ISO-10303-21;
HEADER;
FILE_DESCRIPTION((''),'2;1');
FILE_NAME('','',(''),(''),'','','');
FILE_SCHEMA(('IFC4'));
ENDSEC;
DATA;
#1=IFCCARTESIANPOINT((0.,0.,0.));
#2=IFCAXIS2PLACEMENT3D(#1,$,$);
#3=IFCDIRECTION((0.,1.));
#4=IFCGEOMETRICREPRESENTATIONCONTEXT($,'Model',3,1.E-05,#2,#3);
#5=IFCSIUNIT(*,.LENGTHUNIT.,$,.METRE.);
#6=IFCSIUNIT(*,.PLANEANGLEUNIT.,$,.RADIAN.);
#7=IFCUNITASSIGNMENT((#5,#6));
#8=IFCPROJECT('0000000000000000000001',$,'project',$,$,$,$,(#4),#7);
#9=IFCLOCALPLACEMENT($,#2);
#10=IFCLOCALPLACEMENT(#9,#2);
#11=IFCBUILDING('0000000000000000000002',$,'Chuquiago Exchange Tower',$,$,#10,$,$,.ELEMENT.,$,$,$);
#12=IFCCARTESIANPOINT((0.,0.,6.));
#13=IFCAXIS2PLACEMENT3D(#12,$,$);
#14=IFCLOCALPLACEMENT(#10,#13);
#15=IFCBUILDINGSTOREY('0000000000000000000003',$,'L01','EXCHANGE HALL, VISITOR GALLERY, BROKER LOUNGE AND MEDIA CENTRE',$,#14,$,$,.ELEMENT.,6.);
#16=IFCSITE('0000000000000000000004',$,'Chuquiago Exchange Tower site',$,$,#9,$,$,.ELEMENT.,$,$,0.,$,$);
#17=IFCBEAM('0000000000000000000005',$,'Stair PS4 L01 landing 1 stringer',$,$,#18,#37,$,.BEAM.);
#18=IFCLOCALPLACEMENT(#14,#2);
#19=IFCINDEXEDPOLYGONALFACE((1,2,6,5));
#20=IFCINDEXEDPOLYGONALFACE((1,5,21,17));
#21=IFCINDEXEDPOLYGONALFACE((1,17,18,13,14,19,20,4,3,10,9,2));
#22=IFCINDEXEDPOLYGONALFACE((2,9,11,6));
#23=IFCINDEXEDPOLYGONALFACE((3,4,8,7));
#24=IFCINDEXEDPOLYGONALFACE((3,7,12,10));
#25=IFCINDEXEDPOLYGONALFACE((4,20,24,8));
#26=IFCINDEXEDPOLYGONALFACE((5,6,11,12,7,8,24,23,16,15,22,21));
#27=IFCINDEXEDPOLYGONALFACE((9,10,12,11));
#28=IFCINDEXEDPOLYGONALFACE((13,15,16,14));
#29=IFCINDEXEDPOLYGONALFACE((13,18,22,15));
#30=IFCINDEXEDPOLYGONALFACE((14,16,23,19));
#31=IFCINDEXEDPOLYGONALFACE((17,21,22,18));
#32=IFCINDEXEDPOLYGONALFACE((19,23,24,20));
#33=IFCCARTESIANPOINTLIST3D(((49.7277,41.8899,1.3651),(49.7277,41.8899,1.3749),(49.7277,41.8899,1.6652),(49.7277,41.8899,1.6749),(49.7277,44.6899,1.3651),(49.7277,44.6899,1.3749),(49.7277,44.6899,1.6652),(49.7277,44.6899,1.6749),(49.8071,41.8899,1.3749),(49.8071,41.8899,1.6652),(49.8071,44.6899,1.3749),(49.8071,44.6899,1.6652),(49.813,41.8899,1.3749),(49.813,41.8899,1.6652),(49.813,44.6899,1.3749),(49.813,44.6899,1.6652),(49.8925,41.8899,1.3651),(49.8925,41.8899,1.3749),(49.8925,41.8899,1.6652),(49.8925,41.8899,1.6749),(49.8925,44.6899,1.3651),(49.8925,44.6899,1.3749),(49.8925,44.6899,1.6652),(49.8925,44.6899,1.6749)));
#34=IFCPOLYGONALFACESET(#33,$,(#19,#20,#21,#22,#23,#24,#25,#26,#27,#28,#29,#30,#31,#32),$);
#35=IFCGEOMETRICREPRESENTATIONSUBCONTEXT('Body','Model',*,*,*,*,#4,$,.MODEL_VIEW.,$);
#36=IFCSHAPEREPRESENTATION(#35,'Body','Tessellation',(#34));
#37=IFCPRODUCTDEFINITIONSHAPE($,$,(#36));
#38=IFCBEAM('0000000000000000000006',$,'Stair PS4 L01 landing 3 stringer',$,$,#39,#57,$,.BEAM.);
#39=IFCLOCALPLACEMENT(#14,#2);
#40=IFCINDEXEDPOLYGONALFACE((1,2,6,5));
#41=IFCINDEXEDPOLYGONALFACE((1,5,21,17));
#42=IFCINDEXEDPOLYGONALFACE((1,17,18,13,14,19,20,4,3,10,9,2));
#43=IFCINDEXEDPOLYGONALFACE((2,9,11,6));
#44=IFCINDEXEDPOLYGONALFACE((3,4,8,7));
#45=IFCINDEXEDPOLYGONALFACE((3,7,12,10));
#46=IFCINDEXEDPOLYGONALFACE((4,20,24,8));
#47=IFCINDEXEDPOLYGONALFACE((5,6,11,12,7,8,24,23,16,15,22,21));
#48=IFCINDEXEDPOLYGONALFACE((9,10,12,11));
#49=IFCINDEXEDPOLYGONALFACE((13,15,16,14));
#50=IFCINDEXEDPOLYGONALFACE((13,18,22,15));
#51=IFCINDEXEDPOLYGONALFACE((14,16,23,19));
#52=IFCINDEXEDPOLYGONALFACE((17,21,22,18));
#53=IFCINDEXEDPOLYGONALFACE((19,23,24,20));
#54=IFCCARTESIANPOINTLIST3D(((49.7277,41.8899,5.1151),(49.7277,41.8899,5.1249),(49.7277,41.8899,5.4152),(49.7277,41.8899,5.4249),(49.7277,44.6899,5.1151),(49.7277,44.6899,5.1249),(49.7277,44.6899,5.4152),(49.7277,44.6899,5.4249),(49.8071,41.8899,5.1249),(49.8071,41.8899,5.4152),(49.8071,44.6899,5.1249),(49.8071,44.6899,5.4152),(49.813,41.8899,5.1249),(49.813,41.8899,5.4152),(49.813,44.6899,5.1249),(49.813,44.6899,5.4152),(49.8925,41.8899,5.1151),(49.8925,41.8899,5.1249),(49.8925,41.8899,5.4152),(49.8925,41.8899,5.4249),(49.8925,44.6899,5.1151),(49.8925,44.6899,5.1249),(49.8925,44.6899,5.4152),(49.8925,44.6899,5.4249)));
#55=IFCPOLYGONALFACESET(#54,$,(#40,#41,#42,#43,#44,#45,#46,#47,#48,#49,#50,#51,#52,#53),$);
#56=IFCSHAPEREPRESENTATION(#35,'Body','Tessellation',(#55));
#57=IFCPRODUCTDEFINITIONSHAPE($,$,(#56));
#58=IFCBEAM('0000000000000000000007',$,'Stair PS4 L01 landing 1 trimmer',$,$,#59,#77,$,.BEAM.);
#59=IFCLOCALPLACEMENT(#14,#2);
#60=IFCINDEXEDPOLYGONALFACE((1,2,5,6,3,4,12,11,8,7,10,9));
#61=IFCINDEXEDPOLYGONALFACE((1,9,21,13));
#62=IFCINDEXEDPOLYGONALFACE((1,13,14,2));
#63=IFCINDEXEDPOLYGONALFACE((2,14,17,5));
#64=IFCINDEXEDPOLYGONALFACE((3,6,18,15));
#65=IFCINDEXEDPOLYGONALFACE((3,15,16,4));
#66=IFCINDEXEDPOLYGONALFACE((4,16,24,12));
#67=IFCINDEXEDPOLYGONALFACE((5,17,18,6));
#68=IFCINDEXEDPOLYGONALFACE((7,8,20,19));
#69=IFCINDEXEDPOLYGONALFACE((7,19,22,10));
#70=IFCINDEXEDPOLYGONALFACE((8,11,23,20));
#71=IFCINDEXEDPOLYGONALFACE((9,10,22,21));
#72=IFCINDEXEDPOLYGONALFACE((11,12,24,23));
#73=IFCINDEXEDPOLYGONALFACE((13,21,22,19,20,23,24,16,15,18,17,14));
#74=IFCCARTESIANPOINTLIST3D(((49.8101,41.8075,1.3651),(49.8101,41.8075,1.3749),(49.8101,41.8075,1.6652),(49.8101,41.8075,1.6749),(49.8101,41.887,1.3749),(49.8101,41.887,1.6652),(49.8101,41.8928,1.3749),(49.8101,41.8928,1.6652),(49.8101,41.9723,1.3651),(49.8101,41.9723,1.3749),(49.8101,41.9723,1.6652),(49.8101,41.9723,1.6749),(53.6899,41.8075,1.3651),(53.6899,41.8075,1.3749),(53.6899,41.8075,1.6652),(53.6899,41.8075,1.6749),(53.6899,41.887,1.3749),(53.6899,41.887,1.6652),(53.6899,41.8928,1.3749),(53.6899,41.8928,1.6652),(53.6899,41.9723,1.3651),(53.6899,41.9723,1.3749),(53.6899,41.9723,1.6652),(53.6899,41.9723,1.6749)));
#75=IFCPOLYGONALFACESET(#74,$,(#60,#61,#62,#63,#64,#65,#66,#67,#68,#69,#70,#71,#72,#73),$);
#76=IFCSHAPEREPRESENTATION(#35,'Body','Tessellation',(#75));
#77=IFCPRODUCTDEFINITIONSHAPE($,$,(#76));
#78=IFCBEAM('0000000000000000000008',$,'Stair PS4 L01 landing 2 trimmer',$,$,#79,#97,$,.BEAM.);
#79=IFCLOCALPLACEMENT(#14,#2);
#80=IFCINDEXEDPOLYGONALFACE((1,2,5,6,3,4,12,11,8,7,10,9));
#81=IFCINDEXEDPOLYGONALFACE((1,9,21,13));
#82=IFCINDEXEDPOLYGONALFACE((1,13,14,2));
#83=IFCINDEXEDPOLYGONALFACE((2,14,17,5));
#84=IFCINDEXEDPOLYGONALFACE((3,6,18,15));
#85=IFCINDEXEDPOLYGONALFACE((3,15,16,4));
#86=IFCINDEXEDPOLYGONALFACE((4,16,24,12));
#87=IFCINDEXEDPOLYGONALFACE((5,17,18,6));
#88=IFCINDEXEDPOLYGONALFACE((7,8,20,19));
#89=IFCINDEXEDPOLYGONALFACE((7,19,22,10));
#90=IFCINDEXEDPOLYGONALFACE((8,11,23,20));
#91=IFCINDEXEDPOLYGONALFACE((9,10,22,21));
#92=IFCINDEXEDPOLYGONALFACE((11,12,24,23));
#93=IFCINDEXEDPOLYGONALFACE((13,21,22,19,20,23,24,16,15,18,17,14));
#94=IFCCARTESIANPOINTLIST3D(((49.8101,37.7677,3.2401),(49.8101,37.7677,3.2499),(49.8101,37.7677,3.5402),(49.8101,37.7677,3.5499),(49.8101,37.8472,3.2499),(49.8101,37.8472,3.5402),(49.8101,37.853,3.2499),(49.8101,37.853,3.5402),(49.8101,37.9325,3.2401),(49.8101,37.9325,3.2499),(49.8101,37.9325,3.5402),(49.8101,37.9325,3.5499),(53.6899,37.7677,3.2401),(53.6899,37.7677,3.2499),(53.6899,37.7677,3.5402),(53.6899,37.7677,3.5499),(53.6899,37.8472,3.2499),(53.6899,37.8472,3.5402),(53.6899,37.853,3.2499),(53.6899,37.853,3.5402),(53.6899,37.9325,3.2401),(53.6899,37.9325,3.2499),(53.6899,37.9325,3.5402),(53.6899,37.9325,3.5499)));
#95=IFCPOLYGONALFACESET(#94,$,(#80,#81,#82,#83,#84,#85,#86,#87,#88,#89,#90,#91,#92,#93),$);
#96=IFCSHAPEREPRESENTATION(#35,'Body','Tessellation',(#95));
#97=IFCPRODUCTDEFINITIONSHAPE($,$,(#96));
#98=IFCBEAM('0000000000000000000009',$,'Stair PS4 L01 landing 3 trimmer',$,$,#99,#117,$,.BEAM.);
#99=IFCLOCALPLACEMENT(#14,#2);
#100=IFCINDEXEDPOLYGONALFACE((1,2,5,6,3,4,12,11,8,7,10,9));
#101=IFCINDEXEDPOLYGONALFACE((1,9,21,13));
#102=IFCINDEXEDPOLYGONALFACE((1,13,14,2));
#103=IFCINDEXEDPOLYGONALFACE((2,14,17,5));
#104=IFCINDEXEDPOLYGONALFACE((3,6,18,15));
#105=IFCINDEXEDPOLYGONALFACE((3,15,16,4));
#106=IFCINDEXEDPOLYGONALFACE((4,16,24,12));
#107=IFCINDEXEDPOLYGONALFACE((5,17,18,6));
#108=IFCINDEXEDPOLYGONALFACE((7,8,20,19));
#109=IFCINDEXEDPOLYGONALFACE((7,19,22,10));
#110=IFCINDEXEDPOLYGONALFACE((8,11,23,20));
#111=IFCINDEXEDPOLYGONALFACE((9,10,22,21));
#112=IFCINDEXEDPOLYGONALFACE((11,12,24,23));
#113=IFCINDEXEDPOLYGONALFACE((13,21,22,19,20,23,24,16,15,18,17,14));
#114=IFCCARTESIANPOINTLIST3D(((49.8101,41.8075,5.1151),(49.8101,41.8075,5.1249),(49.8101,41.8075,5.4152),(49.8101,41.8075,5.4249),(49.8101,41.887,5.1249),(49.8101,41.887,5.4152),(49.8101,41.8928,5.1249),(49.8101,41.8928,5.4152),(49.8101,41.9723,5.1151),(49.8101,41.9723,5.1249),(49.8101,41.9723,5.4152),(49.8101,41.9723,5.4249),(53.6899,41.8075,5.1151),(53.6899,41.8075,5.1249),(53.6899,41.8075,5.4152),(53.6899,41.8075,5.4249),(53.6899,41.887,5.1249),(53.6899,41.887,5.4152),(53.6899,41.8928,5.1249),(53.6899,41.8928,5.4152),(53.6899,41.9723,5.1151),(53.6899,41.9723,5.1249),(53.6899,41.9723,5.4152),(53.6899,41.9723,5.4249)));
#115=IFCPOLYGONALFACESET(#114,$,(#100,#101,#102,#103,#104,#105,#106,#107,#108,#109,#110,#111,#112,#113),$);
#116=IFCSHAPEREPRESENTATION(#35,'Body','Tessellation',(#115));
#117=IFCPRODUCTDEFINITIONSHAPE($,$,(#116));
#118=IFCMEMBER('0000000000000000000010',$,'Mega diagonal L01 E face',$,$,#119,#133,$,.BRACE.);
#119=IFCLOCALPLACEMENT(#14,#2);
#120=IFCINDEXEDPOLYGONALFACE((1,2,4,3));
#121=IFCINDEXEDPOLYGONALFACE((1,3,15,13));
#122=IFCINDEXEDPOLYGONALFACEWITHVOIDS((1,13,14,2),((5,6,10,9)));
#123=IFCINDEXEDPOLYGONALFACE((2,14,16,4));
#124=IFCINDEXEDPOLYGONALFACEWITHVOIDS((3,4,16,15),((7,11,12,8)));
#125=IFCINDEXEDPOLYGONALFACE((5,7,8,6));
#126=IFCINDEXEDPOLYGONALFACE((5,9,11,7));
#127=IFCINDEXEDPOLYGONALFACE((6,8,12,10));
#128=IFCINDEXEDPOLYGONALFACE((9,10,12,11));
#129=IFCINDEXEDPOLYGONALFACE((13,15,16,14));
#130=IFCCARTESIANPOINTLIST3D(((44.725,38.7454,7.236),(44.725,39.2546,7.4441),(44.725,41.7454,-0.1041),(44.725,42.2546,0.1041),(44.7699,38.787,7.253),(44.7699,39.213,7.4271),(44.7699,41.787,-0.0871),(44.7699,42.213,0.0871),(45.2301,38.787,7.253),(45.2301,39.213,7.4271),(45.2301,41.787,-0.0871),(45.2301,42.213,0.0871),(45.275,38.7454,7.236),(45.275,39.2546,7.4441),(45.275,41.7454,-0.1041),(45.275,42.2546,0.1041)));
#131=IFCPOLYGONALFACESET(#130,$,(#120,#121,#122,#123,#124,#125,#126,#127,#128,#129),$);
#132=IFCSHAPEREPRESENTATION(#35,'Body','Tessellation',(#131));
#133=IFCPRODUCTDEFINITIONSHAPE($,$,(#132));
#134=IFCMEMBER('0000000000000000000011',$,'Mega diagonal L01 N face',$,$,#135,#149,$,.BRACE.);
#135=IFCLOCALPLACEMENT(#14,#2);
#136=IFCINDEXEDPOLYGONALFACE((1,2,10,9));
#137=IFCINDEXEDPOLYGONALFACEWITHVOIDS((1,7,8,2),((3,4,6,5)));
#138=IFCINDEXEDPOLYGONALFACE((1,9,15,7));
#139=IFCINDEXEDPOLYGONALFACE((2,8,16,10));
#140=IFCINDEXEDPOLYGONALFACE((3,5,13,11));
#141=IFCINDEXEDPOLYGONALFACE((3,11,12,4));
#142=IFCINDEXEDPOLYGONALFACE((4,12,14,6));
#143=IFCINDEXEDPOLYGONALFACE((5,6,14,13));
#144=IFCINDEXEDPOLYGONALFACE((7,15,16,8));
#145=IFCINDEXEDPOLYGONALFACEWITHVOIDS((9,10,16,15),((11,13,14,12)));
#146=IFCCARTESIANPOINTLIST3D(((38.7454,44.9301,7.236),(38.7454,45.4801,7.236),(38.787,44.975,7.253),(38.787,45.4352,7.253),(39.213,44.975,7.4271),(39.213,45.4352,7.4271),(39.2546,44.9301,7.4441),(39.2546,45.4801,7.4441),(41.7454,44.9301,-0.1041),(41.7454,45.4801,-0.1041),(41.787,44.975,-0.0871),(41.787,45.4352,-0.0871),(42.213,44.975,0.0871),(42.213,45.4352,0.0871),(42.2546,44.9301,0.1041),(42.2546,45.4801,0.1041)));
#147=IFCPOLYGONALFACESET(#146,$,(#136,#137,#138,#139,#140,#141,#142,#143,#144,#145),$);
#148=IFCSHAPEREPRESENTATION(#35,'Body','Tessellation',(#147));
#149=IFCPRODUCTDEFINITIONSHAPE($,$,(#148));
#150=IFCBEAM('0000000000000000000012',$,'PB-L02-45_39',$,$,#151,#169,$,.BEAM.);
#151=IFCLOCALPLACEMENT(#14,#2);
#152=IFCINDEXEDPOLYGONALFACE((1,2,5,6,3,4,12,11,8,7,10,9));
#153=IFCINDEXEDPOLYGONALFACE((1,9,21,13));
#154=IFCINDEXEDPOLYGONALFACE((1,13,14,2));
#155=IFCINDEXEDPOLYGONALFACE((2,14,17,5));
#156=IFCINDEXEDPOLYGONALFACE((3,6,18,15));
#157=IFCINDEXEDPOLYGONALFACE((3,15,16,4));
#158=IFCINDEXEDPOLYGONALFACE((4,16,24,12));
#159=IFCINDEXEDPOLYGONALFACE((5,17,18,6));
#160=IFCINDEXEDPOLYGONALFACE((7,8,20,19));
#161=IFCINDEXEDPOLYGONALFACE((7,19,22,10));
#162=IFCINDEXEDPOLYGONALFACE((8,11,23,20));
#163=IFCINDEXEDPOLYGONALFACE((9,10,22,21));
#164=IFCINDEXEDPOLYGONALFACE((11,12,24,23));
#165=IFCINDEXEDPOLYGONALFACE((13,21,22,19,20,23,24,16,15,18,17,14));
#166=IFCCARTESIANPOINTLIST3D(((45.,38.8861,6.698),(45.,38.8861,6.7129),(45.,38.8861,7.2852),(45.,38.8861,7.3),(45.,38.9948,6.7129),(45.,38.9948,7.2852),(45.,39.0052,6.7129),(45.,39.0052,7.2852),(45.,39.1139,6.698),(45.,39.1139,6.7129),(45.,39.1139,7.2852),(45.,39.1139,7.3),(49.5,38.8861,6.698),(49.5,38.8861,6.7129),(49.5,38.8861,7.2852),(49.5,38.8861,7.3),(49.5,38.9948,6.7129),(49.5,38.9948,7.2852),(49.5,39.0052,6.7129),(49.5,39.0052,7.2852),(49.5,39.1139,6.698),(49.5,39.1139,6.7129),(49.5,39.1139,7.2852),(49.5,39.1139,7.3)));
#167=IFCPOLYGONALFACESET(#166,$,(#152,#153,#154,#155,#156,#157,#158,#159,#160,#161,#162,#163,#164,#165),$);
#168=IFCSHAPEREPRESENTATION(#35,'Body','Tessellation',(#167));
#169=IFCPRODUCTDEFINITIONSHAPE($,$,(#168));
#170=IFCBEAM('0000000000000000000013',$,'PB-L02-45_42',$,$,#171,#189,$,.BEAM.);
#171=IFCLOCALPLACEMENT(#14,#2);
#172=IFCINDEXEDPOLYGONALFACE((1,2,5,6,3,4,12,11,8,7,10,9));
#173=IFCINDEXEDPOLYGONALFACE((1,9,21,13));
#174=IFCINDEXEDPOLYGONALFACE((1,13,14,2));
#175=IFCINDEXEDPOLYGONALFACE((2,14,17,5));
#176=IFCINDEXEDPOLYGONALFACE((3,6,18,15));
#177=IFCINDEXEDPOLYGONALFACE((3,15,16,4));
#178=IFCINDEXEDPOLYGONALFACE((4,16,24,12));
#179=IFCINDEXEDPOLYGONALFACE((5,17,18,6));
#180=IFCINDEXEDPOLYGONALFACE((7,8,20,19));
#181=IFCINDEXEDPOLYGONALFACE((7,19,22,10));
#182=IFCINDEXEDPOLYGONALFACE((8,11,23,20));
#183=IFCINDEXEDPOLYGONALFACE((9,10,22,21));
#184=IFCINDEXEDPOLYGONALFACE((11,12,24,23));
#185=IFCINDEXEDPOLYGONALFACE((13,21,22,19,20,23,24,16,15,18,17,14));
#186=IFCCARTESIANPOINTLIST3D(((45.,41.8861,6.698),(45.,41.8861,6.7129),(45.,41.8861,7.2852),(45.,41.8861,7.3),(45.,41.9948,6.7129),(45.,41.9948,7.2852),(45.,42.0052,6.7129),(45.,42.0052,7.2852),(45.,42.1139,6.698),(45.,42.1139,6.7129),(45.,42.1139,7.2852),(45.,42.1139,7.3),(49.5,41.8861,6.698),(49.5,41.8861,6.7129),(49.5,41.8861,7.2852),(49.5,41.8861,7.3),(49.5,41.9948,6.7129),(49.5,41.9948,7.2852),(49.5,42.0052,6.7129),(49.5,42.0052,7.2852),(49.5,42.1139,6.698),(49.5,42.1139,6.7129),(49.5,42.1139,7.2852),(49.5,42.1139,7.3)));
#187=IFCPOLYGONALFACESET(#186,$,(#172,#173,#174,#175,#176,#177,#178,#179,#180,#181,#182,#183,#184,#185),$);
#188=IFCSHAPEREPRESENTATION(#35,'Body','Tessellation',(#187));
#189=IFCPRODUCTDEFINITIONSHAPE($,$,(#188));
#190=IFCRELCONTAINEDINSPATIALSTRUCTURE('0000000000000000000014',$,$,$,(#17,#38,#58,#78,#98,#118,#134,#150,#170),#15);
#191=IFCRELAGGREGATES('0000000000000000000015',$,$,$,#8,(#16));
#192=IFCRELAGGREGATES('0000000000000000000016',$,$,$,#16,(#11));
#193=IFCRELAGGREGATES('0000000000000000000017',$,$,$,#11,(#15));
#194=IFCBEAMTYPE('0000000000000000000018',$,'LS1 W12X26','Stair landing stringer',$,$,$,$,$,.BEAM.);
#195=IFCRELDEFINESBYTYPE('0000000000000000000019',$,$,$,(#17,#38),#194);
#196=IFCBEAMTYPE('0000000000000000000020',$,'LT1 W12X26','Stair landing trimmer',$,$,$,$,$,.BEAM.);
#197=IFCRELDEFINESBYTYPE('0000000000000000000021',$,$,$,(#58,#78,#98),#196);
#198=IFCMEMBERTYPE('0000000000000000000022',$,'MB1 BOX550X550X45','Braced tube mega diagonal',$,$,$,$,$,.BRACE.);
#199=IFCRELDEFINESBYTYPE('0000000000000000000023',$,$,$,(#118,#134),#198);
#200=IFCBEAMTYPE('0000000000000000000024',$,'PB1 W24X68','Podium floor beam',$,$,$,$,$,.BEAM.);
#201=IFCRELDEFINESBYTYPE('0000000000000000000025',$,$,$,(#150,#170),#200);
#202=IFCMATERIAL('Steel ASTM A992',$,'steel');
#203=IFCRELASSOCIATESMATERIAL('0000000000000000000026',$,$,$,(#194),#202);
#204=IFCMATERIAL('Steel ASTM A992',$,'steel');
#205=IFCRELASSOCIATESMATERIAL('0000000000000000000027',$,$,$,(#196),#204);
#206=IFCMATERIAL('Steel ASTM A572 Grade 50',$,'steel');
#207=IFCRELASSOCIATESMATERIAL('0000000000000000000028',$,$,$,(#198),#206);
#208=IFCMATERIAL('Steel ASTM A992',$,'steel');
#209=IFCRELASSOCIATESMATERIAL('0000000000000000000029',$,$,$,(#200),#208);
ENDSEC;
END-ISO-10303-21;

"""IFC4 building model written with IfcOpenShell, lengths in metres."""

from ifc_helpers import new_model, si_unit, direction, frame, origin, origin_2d, place, context, subcontext, project, spatial, hollow_rectangle, i_section, extrude, material, material_profile, profile_set, type_object, element, save


model = new_model("IFC4")

# Units and contexts
model_context = context("Model", 3, precision=1e-05, world=origin(), true_north=direction((0.0, 1.0)))
body_context = subcontext(model_context, "Body", "Model", "MODEL_VIEW")
ifc_project = project(units=[si_unit("LENGTHUNIT", "METRE"), si_unit("PLANEANGLEUNIT", "RADIAN")], contexts=[model_context])

# Site, building, storey
site_placement = place(None, origin())
site = spatial("IfcSite", under=ifc_project, at=site_placement, Name="Chuquiago Exchange Tower site", CompositionType="ELEMENT", RefElevation=0.0)
building_placement = place(site_placement, origin())
building = spatial("IfcBuilding", under=site, at=building_placement, Name="Chuquiago Exchange Tower", CompositionType="ELEMENT")
storey_placement = place(building_placement, frame((0.0, 0.0, 6.0)))
storey = spatial("IfcBuildingStorey", under=building, at=storey_placement, Name="L01", Description="EXCHANGE HALL, VISITOR GALLERY, BROKER LOUNGE AND MEDIA CENTRE", CompositionType="ELEMENT", Elevation=6.0)

# Beams
ifc_material_1 = material(Name="Steel ASTM A992", Category="steel")
ifc_material_profile_1 = material_profile(ifc_material_1, i_section(OverallWidth=0.1648, OverallDepth=0.3098, WebThickness=0.0059, FlangeThickness=0.0098, at=origin_2d()), Name="W12X26")
ifc_profile_set_1 = profile_set([ifc_material_profile_1], Name="Steel ASTM A992")
beam_type_1 = type_object("IfcBeamType", Name="LS1 W12X26", Description="Stair landing stringer", PredefinedType="BEAM", material=ifc_profile_set_1)
for number, where, z_axis, x_axis, name in (
    (1, (49.8101, 41.8899, 1.52), (0.0, 1.0, 0.0), (-1.0, 0.0, 0.0), "Stair PS4 L01 landing 1 stringer"),
    (2, (49.8101, 41.8899, 5.27), (0.0, 1.0, 0.0), (-1.0, 0.0, 0.0), "Stair PS4 L01 landing 3 stringer"),
):
    element("IfcBeam", number, at=place(storey_placement, frame(where, z_axis=z_axis, x_axis=x_axis)), inside=storey, type_object=beam_type_1, Name=name, PredefinedType="BEAM", context=body_context, shape_type="SweptSolid", body=[
        extrude(i_section(OverallWidth=0.1648, OverallDepth=0.3098, WebThickness=0.0059, FlangeThickness=0.0098, at=origin_2d()), origin(), (0.0, 0.0, 1.0), 2.8),
    ])
ifc_material_2 = material(Name="Steel ASTM A992", Category="steel")
ifc_material_profile_2 = material_profile(ifc_material_2, i_section(OverallWidth=0.1648, OverallDepth=0.3098, WebThickness=0.0059, FlangeThickness=0.0098, at=origin_2d()), Name="W12X26")
ifc_profile_set_2 = profile_set([ifc_material_profile_2], Name="Steel ASTM A992")
beam_type_2 = type_object("IfcBeamType", Name="LT1 W12X26", Description="Stair landing trimmer", PredefinedType="BEAM", material=ifc_profile_set_2)
for number, where, z_axis, x_axis, name in (
    (3, (49.8101, 41.8899, 1.52), (1.0, 0.0, 0.0), (0.0, 1.0, 0.0), "Stair PS4 L01 landing 1 trimmer"),
    (4, (49.8101, 37.8501, 3.395), (1.0, 0.0, 0.0), (0.0, 1.0, 0.0), "Stair PS4 L01 landing 2 trimmer"),
    (5, (49.8101, 41.8899, 5.27), (1.0, 0.0, 0.0), (0.0, 1.0, 0.0), "Stair PS4 L01 landing 3 trimmer"),
):
    element("IfcBeam", number, at=place(storey_placement, frame(where, z_axis=z_axis, x_axis=x_axis)), inside=storey, type_object=beam_type_2, Name=name, PredefinedType="BEAM", context=body_context, shape_type="SweptSolid", body=[
        extrude(i_section(OverallWidth=0.1648, OverallDepth=0.3098, WebThickness=0.0059, FlangeThickness=0.0098, at=origin_2d()), origin(), (0.0, 0.0, 1.0), 3.8799),
    ])

# Members
ifc_material_3 = material(Name="Steel ASTM A572 Grade 50", Category="steel")
ifc_material_profile_3 = material_profile(ifc_material_3, hollow_rectangle(XDim=0.55, YDim=0.55, WallThickness=0.0449, at=origin_2d()), Name="BOX550X550X45")
ifc_profile_set_3 = profile_set([ifc_material_profile_3], Name="Steel ASTM A572 Grade 50")
member_type_1 = type_object("IfcMemberType", Name="MB1 BOX550X550X45", Description="Braced tube mega diagonal", PredefinedType="BRACE", material=ifc_profile_set_3)
for number, where, z_axis, x_axis, name in (
    (6, (45.0, 42.0, 0.0), (0.0, -0.378334, 0.925669), (1.0, 0.0, 0.0), "Mega diagonal L01 E face"),
    (7, (42.0, 45.2051, 0.0), (-0.378334, 0.0, 0.925669), (0.0, -1.0, 0.0), "Mega diagonal L01 N face"),
):
    element("IfcMember", number, at=place(storey_placement, frame(where, z_axis=z_axis, x_axis=x_axis)), inside=storey, type_object=member_type_1, Name=name, PredefinedType="BRACE", context=body_context, shape_type="SweptSolid", body=[
        extrude(hollow_rectangle(XDim=0.55, YDim=0.55, WallThickness=0.0449, at=origin_2d()), origin(), (0.0, 0.0, 1.0), 7.9294),
    ])

# Beams
ifc_material_4 = material(Name="Steel ASTM A992", Category="steel")
ifc_material_profile_4 = material_profile(ifc_material_4, i_section(OverallWidth=0.2278, OverallDepth=0.6021, WebThickness=0.0105, FlangeThickness=0.0149, at=origin_2d()), Name="W24X68")
ifc_profile_set_4 = profile_set([ifc_material_profile_4], Name="Steel ASTM A992")
beam_type_3 = type_object("IfcBeamType", Name="PB1 W24X68", Description="Podium floor beam", PredefinedType="BEAM", material=ifc_profile_set_4)
for number, where, z_axis, x_axis, name in (
    (8, (45.0, 39.0, 6.999), (1.0, 0.0, 0.0), (0.0, 1.0, 0.0), "PB-L02-45_39"),
    (9, (45.0, 42.0, 6.999), (1.0, 0.0, 0.0), (0.0, 1.0, 0.0), "PB-L02-45_42"),
):
    element("IfcBeam", number, at=place(storey_placement, frame(where, z_axis=z_axis, x_axis=x_axis)), inside=storey, type_object=beam_type_3, Name=name, PredefinedType="BEAM", context=body_context, shape_type="SweptSolid", body=[
        extrude(i_section(OverallWidth=0.2278, OverallDepth=0.6021, WebThickness=0.0105, FlangeThickness=0.0149, at=origin_2d()), origin(), (0.0, 0.0, 1.0), 4.5),
    ])

save(model, "model.ifc")
